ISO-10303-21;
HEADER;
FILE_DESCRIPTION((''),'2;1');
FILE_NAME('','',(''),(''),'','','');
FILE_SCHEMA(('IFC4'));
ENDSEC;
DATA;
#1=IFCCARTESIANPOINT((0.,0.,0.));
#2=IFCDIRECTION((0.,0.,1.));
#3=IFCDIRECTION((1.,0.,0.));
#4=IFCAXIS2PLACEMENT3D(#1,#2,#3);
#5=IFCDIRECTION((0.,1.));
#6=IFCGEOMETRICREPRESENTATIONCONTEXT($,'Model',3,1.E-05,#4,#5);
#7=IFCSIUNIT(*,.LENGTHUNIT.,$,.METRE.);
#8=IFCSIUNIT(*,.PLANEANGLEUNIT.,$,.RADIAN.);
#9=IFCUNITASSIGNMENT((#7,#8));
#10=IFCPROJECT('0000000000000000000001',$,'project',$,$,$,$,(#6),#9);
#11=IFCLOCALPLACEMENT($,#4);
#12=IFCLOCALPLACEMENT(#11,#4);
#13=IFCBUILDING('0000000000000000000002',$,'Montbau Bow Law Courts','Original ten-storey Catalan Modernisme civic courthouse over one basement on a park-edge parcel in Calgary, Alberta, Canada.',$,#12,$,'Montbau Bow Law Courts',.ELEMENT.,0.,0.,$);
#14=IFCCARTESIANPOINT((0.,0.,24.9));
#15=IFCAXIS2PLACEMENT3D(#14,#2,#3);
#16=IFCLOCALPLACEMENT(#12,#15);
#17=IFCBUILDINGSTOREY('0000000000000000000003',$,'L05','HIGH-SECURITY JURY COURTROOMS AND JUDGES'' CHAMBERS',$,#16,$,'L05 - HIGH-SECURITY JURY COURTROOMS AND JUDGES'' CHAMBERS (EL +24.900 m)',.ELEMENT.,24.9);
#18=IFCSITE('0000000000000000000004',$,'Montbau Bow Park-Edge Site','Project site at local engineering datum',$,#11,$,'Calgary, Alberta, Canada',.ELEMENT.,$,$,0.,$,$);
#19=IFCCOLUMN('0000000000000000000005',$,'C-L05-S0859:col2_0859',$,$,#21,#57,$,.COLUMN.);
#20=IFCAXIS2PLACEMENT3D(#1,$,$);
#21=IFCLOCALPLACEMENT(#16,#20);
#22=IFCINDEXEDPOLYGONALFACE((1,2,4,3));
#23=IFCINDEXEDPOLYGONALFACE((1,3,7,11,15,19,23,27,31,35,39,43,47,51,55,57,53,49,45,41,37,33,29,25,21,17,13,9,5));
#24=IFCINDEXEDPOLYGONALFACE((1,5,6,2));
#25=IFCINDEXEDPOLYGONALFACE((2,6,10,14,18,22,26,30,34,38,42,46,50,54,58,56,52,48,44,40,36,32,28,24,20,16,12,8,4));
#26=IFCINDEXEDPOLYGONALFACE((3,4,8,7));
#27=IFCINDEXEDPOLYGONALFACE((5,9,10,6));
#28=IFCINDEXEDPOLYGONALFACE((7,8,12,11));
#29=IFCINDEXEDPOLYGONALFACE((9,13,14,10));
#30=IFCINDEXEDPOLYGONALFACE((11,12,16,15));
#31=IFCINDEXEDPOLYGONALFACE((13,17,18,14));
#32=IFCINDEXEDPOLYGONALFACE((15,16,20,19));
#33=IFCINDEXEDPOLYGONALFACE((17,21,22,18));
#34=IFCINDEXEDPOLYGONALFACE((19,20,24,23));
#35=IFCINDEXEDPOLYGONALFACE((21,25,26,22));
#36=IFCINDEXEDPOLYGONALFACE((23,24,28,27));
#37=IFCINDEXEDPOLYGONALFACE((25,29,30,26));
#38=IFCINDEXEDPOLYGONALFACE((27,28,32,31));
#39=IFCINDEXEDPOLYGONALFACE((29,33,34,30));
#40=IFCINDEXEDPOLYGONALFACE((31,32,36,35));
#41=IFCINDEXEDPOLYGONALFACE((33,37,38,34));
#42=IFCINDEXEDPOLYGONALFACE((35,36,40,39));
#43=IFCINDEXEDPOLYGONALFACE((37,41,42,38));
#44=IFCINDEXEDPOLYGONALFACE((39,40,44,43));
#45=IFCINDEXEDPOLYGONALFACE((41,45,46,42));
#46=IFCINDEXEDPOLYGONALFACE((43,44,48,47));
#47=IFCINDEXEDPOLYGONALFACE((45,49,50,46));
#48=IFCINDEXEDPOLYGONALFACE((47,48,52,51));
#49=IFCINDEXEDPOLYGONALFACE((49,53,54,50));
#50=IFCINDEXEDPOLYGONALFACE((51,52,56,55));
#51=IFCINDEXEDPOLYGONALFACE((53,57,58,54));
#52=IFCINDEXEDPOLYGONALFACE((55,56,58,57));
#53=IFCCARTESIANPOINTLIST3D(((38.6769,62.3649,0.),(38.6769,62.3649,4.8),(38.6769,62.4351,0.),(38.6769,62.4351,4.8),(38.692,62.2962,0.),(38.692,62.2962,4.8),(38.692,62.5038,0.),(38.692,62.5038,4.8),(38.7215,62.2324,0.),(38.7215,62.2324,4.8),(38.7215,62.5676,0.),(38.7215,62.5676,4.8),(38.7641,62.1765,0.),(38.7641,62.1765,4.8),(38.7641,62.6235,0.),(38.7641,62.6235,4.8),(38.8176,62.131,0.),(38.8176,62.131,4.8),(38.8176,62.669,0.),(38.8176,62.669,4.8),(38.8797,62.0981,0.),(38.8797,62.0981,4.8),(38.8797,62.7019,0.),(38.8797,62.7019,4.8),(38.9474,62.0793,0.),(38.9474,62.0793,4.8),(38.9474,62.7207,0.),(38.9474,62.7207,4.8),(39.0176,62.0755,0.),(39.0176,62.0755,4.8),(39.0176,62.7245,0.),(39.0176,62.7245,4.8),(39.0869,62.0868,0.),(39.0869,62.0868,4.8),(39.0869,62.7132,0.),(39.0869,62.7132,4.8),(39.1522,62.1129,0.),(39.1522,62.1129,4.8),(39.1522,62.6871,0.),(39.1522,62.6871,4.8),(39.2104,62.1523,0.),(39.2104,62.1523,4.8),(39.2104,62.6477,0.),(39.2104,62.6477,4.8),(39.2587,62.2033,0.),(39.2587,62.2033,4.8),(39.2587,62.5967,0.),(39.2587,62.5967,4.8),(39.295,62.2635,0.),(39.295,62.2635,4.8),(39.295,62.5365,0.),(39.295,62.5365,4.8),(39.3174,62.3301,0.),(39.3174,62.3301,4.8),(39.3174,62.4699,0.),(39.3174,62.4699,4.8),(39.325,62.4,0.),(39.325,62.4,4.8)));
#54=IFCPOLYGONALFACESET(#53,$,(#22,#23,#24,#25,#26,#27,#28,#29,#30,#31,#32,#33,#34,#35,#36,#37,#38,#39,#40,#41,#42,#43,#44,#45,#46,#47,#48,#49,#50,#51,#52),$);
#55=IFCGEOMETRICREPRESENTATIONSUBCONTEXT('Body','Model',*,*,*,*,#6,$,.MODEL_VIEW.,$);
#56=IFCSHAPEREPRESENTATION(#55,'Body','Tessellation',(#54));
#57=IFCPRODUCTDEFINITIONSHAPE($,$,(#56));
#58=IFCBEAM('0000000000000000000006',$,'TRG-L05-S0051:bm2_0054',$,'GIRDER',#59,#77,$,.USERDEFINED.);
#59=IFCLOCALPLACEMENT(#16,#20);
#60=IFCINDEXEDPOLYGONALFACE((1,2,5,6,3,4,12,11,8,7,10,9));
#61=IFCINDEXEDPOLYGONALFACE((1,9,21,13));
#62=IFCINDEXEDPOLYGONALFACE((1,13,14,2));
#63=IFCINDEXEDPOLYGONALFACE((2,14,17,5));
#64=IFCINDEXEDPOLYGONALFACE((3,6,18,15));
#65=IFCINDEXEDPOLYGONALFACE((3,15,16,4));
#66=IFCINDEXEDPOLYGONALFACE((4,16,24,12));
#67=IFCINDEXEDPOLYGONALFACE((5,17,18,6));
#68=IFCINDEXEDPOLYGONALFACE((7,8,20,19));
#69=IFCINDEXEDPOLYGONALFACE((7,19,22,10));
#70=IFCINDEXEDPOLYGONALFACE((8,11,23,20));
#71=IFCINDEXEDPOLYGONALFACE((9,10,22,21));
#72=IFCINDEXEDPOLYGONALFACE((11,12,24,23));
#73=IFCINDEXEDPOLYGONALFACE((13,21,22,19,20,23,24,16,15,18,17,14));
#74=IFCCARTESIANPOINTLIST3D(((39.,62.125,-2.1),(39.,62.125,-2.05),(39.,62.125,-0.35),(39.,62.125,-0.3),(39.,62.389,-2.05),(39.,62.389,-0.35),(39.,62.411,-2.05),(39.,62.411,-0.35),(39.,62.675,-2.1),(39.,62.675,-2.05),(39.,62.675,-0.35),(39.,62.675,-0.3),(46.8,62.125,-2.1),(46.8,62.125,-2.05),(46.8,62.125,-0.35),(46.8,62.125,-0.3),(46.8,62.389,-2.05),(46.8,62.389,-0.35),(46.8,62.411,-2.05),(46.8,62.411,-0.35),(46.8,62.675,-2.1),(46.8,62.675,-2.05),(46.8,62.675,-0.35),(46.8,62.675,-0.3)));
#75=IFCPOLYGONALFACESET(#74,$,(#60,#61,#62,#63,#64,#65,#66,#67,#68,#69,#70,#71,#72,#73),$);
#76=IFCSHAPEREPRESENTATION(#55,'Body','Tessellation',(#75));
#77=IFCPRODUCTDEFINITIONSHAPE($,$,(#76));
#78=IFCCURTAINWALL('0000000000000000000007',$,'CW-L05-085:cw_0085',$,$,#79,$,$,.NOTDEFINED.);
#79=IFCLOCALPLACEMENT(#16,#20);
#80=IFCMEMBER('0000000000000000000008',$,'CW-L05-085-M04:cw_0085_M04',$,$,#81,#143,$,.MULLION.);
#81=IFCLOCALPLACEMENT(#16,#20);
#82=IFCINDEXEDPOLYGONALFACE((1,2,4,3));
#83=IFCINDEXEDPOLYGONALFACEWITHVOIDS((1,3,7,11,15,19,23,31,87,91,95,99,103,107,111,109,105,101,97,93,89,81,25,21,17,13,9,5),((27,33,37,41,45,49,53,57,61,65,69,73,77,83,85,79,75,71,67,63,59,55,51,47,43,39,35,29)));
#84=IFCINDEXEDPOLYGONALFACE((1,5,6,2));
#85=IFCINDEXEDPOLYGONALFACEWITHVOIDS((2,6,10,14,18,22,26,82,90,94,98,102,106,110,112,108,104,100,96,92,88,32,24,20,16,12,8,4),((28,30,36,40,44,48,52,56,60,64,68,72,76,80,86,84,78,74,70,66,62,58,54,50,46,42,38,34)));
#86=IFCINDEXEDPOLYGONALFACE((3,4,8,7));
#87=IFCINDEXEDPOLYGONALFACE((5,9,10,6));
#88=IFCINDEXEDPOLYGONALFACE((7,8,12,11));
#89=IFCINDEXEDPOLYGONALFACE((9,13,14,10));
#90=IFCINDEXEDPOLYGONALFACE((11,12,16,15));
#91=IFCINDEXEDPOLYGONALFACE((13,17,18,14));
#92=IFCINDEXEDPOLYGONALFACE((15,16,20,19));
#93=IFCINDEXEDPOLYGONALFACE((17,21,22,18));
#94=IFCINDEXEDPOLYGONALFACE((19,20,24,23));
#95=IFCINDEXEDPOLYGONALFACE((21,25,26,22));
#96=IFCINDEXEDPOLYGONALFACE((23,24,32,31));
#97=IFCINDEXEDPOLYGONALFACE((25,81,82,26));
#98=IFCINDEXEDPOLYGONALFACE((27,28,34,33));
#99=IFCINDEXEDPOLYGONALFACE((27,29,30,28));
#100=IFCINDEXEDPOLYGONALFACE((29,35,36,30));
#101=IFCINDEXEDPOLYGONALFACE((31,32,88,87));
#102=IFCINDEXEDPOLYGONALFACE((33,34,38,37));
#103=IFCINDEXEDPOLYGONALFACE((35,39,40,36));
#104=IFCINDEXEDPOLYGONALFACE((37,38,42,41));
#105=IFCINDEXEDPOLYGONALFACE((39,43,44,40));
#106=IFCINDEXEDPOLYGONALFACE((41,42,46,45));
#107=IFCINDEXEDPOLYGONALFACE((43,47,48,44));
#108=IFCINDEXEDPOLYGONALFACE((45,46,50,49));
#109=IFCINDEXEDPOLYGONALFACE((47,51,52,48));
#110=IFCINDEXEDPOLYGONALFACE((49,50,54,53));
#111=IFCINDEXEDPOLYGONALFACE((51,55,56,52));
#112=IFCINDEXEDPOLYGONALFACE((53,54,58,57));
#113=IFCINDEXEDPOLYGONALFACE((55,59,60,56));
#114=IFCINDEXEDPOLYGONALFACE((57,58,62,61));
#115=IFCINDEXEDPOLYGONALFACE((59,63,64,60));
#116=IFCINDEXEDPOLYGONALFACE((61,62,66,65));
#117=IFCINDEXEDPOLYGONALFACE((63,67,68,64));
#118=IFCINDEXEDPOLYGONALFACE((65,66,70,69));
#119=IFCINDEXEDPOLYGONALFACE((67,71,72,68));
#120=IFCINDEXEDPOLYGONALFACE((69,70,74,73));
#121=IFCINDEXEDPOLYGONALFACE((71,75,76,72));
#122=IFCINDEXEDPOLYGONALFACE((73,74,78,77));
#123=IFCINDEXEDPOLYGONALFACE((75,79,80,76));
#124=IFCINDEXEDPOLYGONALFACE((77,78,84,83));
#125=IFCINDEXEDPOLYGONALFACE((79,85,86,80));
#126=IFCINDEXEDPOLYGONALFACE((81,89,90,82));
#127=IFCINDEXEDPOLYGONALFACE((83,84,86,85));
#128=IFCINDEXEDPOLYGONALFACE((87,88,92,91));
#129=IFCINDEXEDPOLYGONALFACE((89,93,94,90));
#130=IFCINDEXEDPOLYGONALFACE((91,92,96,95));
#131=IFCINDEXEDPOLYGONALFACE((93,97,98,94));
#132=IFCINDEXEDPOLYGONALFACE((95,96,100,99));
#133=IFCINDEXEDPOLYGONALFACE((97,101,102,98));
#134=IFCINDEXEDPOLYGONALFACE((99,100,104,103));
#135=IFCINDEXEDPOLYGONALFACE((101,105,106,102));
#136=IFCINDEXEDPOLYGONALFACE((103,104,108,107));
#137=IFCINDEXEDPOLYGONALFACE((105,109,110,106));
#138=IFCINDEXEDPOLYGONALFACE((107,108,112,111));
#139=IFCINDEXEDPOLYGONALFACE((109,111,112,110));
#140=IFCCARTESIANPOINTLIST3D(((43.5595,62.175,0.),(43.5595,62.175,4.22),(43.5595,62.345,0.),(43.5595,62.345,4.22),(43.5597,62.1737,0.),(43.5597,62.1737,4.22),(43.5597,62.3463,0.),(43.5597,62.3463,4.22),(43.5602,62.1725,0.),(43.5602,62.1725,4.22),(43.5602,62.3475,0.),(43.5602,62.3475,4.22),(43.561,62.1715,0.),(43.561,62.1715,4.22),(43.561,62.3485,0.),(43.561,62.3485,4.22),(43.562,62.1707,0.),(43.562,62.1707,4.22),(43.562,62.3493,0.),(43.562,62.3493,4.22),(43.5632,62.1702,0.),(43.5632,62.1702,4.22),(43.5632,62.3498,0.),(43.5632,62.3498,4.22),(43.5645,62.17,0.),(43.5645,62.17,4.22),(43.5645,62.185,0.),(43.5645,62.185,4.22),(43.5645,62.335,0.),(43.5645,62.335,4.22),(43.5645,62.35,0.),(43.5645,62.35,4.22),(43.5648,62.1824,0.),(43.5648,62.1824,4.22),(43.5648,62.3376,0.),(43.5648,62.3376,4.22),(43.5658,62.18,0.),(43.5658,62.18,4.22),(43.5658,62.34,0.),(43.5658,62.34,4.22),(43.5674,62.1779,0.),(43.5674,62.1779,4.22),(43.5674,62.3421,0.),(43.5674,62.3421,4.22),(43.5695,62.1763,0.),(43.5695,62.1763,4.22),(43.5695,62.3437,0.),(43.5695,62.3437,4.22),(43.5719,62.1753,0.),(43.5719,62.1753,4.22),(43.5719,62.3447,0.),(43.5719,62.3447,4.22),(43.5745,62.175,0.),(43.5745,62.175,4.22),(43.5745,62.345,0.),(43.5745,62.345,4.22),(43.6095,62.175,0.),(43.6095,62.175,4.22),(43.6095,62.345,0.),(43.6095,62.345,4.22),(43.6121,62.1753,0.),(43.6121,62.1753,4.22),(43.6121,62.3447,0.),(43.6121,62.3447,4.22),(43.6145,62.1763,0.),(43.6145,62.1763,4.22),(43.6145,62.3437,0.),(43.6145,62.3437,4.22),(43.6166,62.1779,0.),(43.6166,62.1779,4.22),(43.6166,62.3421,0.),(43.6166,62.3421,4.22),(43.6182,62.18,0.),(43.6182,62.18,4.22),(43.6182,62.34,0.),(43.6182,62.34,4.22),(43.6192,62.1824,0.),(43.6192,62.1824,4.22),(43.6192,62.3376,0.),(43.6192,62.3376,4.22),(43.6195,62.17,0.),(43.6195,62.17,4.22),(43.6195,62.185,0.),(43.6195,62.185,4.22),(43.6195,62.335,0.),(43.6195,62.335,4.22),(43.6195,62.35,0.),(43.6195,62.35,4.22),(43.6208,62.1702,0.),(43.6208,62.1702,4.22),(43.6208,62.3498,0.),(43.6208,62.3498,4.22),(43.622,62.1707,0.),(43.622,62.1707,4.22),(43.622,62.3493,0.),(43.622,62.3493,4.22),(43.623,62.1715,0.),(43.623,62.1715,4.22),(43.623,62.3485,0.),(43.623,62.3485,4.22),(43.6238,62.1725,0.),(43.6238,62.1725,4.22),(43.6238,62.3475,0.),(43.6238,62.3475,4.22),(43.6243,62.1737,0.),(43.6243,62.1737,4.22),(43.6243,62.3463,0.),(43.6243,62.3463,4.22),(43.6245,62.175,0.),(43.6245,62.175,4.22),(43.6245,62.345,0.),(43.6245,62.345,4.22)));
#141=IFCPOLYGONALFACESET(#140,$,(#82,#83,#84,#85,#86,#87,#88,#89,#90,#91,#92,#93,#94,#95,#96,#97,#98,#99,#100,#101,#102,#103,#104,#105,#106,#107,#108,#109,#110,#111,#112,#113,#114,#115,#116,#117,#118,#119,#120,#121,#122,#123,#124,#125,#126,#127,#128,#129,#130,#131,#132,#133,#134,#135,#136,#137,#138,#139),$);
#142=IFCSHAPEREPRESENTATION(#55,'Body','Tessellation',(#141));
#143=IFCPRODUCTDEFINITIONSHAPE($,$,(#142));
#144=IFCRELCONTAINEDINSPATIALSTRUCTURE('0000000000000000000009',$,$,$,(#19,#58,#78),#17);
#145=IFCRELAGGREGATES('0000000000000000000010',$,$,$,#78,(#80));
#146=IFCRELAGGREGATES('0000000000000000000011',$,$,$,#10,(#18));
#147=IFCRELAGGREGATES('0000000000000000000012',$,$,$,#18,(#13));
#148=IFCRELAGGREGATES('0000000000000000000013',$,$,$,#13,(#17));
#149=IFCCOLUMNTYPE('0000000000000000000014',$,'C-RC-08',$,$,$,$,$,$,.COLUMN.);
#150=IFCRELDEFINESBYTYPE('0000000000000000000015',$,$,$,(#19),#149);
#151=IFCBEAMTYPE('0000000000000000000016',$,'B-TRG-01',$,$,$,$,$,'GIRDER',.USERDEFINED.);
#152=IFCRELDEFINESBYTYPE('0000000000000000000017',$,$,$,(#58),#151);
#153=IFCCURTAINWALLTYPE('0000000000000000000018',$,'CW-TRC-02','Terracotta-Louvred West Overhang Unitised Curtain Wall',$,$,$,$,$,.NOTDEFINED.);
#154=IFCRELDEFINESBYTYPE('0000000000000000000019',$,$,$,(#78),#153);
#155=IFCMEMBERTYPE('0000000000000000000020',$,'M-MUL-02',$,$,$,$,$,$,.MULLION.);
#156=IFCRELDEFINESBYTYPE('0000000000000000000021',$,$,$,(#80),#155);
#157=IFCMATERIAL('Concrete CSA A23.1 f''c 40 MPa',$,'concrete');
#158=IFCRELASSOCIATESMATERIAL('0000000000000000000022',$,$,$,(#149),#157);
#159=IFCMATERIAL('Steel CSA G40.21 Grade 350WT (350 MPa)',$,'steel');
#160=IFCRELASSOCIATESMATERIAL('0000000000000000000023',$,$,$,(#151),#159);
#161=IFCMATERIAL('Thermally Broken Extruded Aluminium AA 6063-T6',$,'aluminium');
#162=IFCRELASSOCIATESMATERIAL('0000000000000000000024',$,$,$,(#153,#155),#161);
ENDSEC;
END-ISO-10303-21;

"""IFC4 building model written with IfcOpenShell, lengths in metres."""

from ifc_helpers import new_model, si_unit, direction, frame, origin_with_axes, origin_2d_with_axis, place, context, subcontext, project, spatial, hollow_rectangle, circle, i_section, extrude, material, material_profile, profile_set, type_object, element, aggregate, save


model = new_model("IFC4")

# Units and contexts
model_context = context("Model", 3, precision=1e-05, world=origin_with_axes(), true_north=direction((0.0, 1.0)))
body_context = subcontext(model_context, "Body", "Model", "MODEL_VIEW")
ifc_project = project(units=[si_unit("LENGTHUNIT", "METRE"), si_unit("PLANEANGLEUNIT", "RADIAN")], contexts=[model_context])

# Site, building, storey
site_placement = place(None, origin_with_axes())
site = spatial("IfcSite", under=ifc_project, at=site_placement, Name="Montbau Bow Park-Edge Site", Description="Project site at local engineering datum", LongName="Calgary, Alberta, Canada", CompositionType="ELEMENT", RefElevation=0.0)
building_placement = place(site_placement, origin_with_axes())
building = spatial("IfcBuilding", under=site, at=building_placement, Name="Montbau Bow Law Courts", Description="Original ten-storey Catalan Modernisme civic courthouse over one basement on a park-edge parcel in Calgary, Alberta, Canada.", LongName="Montbau Bow Law Courts", CompositionType="ELEMENT", ElevationOfRefHeight=0.0, ElevationOfTerrain=0.0)
storey_placement = place(building_placement, frame((0.0, 0.0, 24.9), z_axis=(0.0, 0.0, 1.0), x_axis=(1.0, 0.0, 0.0)))
storey = spatial("IfcBuildingStorey", under=building, at=storey_placement, Name="L05", Description="HIGH-SECURITY JURY COURTROOMS AND JUDGES' CHAMBERS", LongName="L05 - HIGH-SECURITY JURY COURTROOMS AND JUDGES' CHAMBERS (EL +24.900 m)", CompositionType="ELEMENT", Elevation=24.9)

# Column
ifc_material_1 = material(Name="Concrete CSA A23.1 f'c 40 MPa", Category="concrete")
ifc_material_profile_1 = material_profile(ifc_material_1, circle(Radius=0.325, at=origin_2d_with_axis()), Name="RC650D", Category="Main", Priority=0)
ifc_profile_set_1 = profile_set([ifc_material_profile_1], Name="Concrete CSA A23.1 f'c 40 MPa")
column_type = type_object("IfcColumnType", Name="C-RC-08", PredefinedType="COLUMN", material=ifc_profile_set_1)
column_placement = place(None, frame((39.0, 62.4, 24.9), z_axis=(0.0, 0.0, 1.0), x_axis=(1.0, 0.0, 0.0)))
element("IfcColumn", 1, at=column_placement, inside=storey, type_object=column_type, Name="C-L05-S0859:col2_0859", PredefinedType="COLUMN", context=body_context, shape_type="SweptSolid", body=[
    extrude(circle(Radius=0.325, at=origin_2d_with_axis()), origin_with_axes(), (0.0, 0.0, 1.0), 4.8),
])

# Beam
ifc_material_2 = material(Name="Steel CSA G40.21 Grade 350WT (350 MPa)", Category="steel")
ifc_material_profile_2 = material_profile(ifc_material_2, i_section(OverallWidth=0.55, OverallDepth=1.8, WebThickness=0.022, FlangeThickness=0.05, at=origin_2d_with_axis()), Name="WWF1800X550", Category="Main", Priority=0)
ifc_profile_set_2 = profile_set([ifc_material_profile_2], Name="Steel CSA G40.21 Grade 350WT (350 MPa)")
beam_type = type_object("IfcBeamType", Name="B-TRG-01", ElementType="GIRDER", PredefinedType="USERDEFINED", material=ifc_profile_set_2)
beam_placement = place(None, frame((39.0, 62.4, 23.7), z_axis=(1.0, 0.0, 0.0), x_axis=(0.0, 1.0, 0.0)))
element("IfcBeam", 2, at=beam_placement, inside=storey, type_object=beam_type, Name="TRG-L05-S0051:bm2_0054", ObjectType="GIRDER", PredefinedType="USERDEFINED", context=body_context, shape_type="SweptSolid", body=[
    extrude(i_section(OverallWidth=0.55, OverallDepth=1.8, WebThickness=0.022, FlangeThickness=0.05, at=origin_2d_with_axis()), origin_with_axes(), (0.0, 0.0, 1.0), 7.8),
])

# Curtain wall, member
ifc_material_3 = material(Name="Thermally Broken Extruded Aluminium AA 6063-T6", Category="aluminium")
curtain_wall_type = type_object("IfcCurtainWallType", Name="CW-TRC-02", Description="Terracotta-Louvred West Overhang Unitised Curtain Wall", PredefinedType="NOTDEFINED", material=ifc_material_3)
curtain_wall_placement = place(None, frame((39.44, 62.26, 24.9), z_axis=(0.0, 0.0, 1.0), x_axis=(1.0, 0.0, 0.0)))
curtain_wall = element("IfcCurtainWall", 3, at=curtain_wall_placement, inside=storey, type_object=curtain_wall_type, Name="CW-L05-085:cw_0085", PredefinedType="NOTDEFINED")
ifc_material_profile_3 = material_profile(ifc_material_3, hollow_rectangle(XDim=0.065, YDim=0.18, WallThickness=0.005, InnerFilletRadius=0.01, OuterFilletRadius=0.005, at=origin_2d_with_axis()), Name="CWM-180X65", Category="Main", Priority=0)
ifc_profile_set_3 = profile_set([ifc_material_profile_3], Name="Thermally Broken Extruded Aluminium AA 6063-T6")
member_type_1 = type_object("IfcMemberType", Name="M-MUL-02", PredefinedType="MULLION", material=ifc_profile_set_3)
member_1_placement = place(None, frame((43.592, 62.26, 24.9), z_axis=(0.0, 0.0, 1.0), x_axis=(1.0, 0.0, 0.0)))
member_1 = element("IfcMember", 4, at=member_1_placement, type_object=member_type_1, Name="CW-L05-085-M04:cw_0085_M04", PredefinedType="MULLION", context=body_context, shape_type="SweptSolid", body=[
    extrude(hollow_rectangle(XDim=0.065, YDim=0.18, WallThickness=0.005, InnerFilletRadius=0.01, OuterFilletRadius=0.005, at=origin_2d_with_axis()), origin_with_axes(), (0.0, 0.0, 1.0), 4.22),
])
aggregate(curtain_wall, [member_1])

save(model, "model.ifc")
